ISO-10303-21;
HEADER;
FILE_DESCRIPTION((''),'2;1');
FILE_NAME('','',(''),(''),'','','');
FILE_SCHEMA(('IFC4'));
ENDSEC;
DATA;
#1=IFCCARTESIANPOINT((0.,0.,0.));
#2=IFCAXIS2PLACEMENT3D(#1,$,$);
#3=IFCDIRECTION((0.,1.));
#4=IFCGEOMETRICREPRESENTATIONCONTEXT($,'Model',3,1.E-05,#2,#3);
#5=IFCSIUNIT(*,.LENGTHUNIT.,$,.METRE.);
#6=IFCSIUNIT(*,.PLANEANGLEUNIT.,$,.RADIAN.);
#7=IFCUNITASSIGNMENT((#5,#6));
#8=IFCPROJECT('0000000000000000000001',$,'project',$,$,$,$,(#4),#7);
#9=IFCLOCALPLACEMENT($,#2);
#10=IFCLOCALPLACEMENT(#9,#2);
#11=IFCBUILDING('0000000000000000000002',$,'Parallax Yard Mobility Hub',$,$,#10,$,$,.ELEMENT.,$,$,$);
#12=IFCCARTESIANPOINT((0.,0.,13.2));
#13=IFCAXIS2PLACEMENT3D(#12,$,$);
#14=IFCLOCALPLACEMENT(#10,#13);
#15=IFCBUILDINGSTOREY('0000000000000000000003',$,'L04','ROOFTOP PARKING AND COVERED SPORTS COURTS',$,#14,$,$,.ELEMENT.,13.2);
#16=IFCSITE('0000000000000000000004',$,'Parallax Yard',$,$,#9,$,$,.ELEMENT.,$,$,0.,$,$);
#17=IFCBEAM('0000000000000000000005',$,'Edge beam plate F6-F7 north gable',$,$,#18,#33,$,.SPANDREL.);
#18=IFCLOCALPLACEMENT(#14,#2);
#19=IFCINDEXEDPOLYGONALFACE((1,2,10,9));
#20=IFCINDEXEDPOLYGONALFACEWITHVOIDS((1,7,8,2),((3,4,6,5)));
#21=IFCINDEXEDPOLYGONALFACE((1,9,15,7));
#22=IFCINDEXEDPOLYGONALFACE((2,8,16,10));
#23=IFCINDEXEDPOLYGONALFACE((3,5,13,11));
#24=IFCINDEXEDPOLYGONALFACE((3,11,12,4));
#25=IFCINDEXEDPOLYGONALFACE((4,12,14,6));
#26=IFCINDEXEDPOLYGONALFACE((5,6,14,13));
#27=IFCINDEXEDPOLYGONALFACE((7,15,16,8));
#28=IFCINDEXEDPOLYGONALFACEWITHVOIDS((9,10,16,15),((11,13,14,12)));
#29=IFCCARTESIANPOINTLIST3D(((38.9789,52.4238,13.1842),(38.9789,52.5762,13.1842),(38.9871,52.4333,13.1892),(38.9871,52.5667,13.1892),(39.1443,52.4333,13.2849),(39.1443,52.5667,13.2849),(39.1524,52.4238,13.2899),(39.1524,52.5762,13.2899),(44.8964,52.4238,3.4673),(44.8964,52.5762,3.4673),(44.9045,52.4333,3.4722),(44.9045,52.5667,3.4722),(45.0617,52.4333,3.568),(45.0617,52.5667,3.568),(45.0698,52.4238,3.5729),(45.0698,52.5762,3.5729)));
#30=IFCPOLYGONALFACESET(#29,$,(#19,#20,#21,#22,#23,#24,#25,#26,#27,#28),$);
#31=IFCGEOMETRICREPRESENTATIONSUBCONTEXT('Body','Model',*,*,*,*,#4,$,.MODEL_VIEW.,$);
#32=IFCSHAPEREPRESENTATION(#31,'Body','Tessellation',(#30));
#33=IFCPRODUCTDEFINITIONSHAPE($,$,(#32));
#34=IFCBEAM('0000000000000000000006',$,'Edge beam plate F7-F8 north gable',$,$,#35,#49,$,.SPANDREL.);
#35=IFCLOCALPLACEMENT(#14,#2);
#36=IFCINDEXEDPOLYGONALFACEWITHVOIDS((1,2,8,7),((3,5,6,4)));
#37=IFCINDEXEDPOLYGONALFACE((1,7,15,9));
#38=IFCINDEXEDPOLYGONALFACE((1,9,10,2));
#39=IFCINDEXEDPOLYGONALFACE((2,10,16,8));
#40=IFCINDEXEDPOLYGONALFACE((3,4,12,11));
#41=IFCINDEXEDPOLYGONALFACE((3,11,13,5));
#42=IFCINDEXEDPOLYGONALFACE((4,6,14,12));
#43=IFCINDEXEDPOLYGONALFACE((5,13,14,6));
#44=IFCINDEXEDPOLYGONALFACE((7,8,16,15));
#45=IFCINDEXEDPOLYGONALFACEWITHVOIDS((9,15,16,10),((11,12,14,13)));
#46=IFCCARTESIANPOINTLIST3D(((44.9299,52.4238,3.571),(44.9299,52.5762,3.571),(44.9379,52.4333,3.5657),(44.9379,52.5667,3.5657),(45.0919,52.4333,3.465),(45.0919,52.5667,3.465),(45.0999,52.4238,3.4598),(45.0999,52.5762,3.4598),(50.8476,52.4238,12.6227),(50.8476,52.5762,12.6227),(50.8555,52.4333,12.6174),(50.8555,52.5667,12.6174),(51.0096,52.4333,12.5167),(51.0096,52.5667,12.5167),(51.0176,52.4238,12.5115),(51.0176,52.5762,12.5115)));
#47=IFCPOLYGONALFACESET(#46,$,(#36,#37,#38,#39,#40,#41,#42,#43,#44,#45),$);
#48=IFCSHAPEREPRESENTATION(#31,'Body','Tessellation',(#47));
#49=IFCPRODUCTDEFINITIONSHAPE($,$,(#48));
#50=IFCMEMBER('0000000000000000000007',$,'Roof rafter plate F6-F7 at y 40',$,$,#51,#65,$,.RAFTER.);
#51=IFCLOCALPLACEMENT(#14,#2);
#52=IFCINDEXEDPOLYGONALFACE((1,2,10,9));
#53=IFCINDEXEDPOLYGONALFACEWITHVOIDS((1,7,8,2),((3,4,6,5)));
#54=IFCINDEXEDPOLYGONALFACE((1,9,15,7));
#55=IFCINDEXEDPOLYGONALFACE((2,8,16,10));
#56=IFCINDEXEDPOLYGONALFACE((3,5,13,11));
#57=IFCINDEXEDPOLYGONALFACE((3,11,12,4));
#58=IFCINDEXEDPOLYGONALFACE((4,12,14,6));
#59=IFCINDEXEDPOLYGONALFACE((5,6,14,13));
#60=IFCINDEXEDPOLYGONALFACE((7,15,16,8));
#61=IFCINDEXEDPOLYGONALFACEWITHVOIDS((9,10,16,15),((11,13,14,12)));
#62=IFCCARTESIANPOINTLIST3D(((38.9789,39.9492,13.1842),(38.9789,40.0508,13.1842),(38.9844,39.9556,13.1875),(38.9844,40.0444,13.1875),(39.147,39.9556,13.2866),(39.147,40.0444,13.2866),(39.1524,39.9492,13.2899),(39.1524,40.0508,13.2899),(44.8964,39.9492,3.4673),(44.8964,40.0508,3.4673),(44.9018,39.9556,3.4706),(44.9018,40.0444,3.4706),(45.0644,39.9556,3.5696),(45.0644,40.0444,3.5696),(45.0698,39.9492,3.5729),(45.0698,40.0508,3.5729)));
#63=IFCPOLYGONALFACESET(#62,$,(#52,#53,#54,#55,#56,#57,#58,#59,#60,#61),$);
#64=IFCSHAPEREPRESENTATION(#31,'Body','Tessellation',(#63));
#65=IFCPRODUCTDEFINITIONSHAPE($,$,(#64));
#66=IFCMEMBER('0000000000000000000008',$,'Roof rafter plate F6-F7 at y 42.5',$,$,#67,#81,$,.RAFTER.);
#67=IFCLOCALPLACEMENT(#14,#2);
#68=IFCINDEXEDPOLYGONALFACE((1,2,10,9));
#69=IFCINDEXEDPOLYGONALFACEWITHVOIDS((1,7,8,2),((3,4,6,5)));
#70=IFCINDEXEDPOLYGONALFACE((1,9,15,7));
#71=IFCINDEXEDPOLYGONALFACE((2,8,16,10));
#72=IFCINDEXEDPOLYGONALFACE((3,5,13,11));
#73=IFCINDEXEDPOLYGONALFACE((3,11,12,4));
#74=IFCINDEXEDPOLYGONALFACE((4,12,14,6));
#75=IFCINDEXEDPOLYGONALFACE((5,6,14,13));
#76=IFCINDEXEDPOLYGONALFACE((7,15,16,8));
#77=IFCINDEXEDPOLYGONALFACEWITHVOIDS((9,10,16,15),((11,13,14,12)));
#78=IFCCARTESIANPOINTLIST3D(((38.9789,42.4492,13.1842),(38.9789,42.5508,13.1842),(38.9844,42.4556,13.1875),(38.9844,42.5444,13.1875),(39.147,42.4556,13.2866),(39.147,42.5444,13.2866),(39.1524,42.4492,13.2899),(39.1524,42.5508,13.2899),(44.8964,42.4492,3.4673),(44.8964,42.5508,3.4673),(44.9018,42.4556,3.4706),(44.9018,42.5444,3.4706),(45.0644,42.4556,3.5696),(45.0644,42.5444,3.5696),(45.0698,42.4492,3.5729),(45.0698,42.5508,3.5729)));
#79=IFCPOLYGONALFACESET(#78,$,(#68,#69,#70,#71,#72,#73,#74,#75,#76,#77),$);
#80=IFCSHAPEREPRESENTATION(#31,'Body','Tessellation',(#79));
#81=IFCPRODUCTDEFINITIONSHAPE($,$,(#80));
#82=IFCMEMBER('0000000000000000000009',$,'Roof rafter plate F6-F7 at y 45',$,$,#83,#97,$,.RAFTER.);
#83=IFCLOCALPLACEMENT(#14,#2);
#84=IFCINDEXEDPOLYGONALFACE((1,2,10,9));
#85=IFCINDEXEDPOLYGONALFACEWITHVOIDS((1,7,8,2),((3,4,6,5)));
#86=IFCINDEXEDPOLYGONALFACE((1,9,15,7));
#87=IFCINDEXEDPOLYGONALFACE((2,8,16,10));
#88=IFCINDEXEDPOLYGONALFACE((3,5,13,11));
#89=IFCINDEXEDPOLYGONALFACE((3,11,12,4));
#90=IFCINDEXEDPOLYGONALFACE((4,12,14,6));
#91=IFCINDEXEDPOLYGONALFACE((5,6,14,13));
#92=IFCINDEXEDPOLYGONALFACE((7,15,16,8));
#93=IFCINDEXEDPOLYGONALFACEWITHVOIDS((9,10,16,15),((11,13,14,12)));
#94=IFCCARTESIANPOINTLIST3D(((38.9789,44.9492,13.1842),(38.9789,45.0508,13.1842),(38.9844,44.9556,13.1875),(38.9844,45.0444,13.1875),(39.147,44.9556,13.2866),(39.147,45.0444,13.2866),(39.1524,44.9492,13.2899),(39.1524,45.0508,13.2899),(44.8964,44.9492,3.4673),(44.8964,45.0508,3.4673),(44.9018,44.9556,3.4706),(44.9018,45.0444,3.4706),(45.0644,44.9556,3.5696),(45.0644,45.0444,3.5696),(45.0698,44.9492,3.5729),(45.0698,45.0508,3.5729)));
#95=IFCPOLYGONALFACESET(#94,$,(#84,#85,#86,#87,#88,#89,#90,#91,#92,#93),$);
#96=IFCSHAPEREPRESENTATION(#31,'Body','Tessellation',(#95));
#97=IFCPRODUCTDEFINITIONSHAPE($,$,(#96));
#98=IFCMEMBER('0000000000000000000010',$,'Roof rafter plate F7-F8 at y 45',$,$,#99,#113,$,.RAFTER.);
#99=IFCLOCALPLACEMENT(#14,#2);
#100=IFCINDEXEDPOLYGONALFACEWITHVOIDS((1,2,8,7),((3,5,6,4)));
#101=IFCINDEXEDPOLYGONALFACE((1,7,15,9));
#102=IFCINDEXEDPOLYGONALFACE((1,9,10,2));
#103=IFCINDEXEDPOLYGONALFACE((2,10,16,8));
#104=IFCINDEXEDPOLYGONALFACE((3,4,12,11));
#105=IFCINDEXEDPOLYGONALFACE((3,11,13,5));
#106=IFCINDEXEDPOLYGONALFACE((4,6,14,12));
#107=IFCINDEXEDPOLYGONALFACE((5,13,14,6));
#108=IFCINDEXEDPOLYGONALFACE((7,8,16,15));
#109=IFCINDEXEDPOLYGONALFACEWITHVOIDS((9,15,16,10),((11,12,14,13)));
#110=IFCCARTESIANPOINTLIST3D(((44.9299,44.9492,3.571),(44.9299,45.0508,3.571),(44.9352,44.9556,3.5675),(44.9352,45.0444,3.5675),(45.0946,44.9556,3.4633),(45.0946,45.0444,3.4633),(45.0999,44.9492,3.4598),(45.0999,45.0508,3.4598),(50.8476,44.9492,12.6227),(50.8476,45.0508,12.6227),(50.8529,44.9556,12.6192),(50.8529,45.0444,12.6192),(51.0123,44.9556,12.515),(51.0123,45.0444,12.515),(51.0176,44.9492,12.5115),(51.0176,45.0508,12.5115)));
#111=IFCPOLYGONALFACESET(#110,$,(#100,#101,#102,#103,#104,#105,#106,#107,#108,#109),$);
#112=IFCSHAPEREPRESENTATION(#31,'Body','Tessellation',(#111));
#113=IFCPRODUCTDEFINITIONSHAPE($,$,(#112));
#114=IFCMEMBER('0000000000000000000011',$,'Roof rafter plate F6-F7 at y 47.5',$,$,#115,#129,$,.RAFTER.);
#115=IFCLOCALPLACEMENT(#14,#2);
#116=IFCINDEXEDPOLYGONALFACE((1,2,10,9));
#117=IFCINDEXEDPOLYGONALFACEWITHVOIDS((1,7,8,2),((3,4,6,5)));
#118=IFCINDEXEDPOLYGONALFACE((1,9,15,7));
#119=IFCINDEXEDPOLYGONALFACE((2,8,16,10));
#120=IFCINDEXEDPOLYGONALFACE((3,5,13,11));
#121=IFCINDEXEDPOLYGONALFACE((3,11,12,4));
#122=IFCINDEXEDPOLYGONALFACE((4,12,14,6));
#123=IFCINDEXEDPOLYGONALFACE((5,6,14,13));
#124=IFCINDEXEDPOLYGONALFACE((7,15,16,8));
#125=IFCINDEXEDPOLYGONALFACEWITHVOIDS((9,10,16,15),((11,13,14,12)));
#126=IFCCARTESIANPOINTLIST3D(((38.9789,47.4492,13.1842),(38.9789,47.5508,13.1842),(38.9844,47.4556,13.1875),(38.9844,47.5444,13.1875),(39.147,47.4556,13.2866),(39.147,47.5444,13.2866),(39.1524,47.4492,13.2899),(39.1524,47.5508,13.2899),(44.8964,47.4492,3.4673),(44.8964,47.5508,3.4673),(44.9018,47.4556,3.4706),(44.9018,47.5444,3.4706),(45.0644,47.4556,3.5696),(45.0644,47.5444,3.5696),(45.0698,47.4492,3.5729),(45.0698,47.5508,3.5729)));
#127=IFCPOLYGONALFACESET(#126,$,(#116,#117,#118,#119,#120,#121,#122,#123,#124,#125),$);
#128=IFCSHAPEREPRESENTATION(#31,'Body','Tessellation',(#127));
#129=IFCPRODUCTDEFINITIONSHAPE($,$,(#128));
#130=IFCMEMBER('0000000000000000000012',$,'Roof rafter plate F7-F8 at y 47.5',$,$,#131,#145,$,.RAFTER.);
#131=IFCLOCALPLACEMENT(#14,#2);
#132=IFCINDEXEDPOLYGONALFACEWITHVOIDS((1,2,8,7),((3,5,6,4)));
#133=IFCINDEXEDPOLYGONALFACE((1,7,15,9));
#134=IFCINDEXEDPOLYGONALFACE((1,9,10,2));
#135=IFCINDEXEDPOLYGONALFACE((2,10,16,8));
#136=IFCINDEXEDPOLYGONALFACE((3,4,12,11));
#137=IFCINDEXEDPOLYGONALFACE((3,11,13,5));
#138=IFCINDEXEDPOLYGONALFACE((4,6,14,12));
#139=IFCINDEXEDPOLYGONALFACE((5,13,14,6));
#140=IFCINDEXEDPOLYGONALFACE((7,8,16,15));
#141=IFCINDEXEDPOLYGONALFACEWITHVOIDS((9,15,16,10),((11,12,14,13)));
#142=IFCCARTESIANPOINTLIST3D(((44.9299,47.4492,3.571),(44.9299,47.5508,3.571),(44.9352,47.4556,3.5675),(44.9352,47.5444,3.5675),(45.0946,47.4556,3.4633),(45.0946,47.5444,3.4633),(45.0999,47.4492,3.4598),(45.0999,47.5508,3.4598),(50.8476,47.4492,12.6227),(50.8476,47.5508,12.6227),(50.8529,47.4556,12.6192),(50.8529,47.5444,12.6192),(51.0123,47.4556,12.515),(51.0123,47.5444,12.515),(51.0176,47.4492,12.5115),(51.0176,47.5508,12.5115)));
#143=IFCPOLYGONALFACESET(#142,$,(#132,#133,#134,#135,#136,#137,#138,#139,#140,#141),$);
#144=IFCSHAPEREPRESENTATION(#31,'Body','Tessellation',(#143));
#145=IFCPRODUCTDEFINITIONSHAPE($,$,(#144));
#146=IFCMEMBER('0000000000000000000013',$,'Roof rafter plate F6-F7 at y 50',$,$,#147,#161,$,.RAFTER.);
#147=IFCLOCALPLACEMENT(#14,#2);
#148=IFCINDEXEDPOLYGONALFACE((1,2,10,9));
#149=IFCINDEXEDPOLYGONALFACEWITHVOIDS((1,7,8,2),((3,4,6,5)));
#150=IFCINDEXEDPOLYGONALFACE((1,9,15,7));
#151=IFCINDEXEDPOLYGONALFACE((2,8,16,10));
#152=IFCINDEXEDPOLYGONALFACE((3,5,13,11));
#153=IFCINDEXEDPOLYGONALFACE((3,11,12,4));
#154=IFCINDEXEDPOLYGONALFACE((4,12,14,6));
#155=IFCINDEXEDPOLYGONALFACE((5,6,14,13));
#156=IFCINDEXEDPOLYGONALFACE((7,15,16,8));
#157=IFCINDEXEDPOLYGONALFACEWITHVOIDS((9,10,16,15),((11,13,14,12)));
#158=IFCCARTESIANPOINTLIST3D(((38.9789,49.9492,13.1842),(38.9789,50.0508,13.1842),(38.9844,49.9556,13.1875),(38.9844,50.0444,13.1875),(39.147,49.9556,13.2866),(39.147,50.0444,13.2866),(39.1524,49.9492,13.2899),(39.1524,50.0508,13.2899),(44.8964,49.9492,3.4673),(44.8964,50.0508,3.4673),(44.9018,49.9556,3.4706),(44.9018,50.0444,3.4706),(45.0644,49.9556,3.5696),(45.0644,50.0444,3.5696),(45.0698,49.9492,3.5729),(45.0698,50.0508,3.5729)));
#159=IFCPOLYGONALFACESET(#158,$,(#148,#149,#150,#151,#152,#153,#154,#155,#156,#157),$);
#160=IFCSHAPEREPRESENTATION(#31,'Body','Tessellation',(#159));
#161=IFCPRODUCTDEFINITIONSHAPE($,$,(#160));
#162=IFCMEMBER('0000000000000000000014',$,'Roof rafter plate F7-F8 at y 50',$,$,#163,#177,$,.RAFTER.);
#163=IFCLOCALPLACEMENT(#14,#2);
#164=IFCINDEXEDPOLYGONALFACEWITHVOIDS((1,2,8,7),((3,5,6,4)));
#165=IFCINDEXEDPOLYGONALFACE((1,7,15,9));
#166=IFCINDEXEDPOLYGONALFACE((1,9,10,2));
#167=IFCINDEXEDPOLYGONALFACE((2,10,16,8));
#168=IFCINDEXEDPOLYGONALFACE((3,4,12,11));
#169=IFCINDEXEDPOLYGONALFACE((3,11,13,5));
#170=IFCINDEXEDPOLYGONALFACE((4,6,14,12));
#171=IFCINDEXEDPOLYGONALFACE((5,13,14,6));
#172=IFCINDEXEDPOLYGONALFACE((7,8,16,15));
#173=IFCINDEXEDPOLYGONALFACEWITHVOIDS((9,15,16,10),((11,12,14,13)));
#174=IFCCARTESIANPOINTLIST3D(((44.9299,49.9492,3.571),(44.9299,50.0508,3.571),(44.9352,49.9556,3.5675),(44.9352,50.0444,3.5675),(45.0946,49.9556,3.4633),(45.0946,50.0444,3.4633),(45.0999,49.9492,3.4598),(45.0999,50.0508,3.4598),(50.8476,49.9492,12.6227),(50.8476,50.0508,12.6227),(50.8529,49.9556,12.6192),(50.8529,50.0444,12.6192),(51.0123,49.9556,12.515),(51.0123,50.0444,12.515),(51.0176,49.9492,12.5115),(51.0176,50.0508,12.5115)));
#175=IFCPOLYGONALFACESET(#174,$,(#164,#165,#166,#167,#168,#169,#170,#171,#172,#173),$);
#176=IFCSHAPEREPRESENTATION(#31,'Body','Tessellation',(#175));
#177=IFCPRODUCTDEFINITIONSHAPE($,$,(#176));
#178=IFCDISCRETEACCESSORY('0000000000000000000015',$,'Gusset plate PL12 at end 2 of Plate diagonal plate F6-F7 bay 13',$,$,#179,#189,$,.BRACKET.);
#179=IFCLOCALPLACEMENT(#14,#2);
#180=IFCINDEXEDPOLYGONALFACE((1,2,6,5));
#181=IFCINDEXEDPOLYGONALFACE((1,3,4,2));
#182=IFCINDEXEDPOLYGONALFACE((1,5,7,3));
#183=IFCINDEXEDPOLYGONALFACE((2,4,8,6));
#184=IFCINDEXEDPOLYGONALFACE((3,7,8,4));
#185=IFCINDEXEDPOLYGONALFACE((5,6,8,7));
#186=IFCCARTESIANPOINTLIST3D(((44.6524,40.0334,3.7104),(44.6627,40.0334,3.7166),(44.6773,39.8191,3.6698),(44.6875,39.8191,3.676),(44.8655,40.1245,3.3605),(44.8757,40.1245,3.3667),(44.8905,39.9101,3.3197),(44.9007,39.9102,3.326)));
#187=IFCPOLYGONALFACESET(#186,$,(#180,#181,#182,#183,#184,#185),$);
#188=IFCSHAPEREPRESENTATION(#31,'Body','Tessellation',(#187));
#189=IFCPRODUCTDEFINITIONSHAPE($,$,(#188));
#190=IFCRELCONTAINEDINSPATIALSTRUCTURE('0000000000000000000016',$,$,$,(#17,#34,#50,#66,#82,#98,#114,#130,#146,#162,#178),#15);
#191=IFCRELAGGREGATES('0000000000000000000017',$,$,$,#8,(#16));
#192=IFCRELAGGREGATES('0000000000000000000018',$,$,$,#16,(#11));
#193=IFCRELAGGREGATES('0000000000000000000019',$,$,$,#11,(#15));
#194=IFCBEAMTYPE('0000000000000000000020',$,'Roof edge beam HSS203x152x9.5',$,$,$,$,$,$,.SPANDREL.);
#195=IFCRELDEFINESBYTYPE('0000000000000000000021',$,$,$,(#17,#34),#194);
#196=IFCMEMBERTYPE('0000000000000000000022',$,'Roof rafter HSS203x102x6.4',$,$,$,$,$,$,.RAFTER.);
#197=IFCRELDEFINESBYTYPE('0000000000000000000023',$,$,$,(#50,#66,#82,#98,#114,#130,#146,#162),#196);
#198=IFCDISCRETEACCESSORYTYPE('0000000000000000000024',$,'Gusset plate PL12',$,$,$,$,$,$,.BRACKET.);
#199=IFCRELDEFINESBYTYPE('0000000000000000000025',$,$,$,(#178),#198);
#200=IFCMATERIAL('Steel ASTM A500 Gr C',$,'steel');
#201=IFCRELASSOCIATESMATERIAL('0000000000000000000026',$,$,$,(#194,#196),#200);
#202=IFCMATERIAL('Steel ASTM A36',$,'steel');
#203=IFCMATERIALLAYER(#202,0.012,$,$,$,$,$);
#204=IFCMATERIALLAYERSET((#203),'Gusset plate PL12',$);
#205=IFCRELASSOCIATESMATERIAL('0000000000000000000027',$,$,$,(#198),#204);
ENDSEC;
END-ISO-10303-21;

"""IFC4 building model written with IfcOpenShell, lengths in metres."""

from ifc_helpers import new_model, si_unit, direction, frame, origin, origin_2d, place, context, subcontext, project, spatial, polyline, hollow_rectangle, outline, extrude, material, layer, layer_set, material_profile, profile_set, type_object, element, save


model = new_model("IFC4")

# Units and contexts
model_context = context("Model", 3, precision=1e-05, world=origin(), true_north=direction((0.0, 1.0)))
body_context = subcontext(model_context, "Body", "Model", "MODEL_VIEW")
ifc_project = project(units=[si_unit("LENGTHUNIT", "METRE"), si_unit("PLANEANGLEUNIT", "RADIAN")], contexts=[model_context])

# Site, building, storey
site_placement = place(None, origin())
site = spatial("IfcSite", under=ifc_project, at=site_placement, Name="Parallax Yard", CompositionType="ELEMENT", RefElevation=0.0)
building_placement = place(site_placement, origin())
building = spatial("IfcBuilding", under=site, at=building_placement, Name="Parallax Yard Mobility Hub", CompositionType="ELEMENT")
storey_placement = place(building_placement, frame((0.0, 0.0, 13.2)))
storey = spatial("IfcBuildingStorey", under=building, at=storey_placement, Name="L04", Description="ROOFTOP PARKING AND COVERED SPORTS COURTS", CompositionType="ELEMENT", Elevation=13.2)

# Beams
ifc_material_1 = material(Name="Steel ASTM A500 Gr C", Category="steel")
ifc_material_profile_1 = material_profile(ifc_material_1, hollow_rectangle(XDim=0.1523, YDim=0.2031, WallThickness=0.0095, at=origin_2d()), Name="HSS203x152x9.5")
ifc_profile_set_1 = profile_set([ifc_material_profile_1], Name="Steel ASTM A500 Gr C")
beam_type = type_object("IfcBeamType", Name="Roof edge beam HSS203x152x9.5", PredefinedType="SPANDREL", material=ifc_profile_set_1)
beam_1_placement = place(storey_placement, frame((39.0657, 52.5, 13.2371), z_axis=(0.520124, 0.0, -0.854091), x_axis=(0.0, 1.0, 0.0)))
element("IfcBeam", 1, at=beam_1_placement, inside=storey, type_object=beam_type, Name="Edge beam plate F6-F7 north gable", PredefinedType="SPANDREL", context=body_context, shape_type="SweptSolid", body=[
    extrude(hollow_rectangle(XDim=0.1523, YDim=0.2031, WallThickness=0.0095, at=origin_2d()), origin(), (0.0, 0.0, 1.0), 11.377),
])
beam_2_placement = place(storey_placement, frame((45.0149, 52.5, 3.5154), z_axis=(0.547202, 0.0, 0.837001), x_axis=(0.0, 1.0, 0.0)))
element("IfcBeam", 2, at=beam_2_placement, inside=storey, type_object=beam_type, Name="Edge beam plate F7-F8 north gable", PredefinedType="SPANDREL", context=body_context, shape_type="SweptSolid", body=[
    extrude(hollow_rectangle(XDim=0.1523, YDim=0.2031, WallThickness=0.0095, at=origin_2d()), origin(), (0.0, 0.0, 1.0), 10.8145),
])

# Members
ifc_material_profile_2 = material_profile(ifc_material_1, hollow_rectangle(XDim=0.1016, YDim=0.2031, WallThickness=0.0063, at=origin_2d()), Name="HSS203x102x6.4")
ifc_profile_set_2 = profile_set([ifc_material_profile_2], Name="Steel ASTM A500 Gr C")
member_type = type_object("IfcMemberType", Name="Roof rafter HSS203x102x6.4", PredefinedType="RAFTER", material=ifc_profile_set_2)
for number, where, z_axis, x_axis, name in (
    (3, (39.0657, 40.0, 13.2371), (0.520124, 0.0, -0.854091), (0.0, 1.0, 0.0), "Roof rafter plate F6-F7 at y 40"),
    (4, (39.0657, 42.5, 13.2371), (0.520124, 0.0, -0.854091), (0.0, 1.0, 0.0), "Roof rafter plate F6-F7 at y 42.5"),
    (5, (39.0657, 45.0, 13.2371), (0.520124, 0.0, -0.854091), (0.0, 1.0, 0.0), "Roof rafter plate F6-F7 at y 45"),
):
    element("IfcMember", number, at=place(storey_placement, frame(where, z_axis=z_axis, x_axis=x_axis)), inside=storey, type_object=member_type, Name=name, PredefinedType="RAFTER", context=body_context, shape_type="SweptSolid", body=[
        extrude(hollow_rectangle(XDim=0.1016, YDim=0.2031, WallThickness=0.0063, at=origin_2d()), origin(), (0.0, 0.0, 1.0), 11.377),
    ])
member_1_placement = place(storey_placement, frame((45.0149, 45.0, 3.5154), z_axis=(0.547202, 0.0, 0.837001), x_axis=(0.0, 1.0, 0.0)))
element("IfcMember", 6, at=member_1_placement, inside=storey, type_object=member_type, Name="Roof rafter plate F7-F8 at y 45", PredefinedType="RAFTER", context=body_context, shape_type="SweptSolid", body=[
    extrude(hollow_rectangle(XDim=0.1016, YDim=0.2031, WallThickness=0.0063, at=origin_2d()), origin(), (0.0, 0.0, 1.0), 10.8145),
])
member_2_placement = place(storey_placement, frame((39.0657, 47.5, 13.2371), z_axis=(0.520124, 0.0, -0.854091), x_axis=(0.0, 1.0, 0.0)))
element("IfcMember", 7, at=member_2_placement, inside=storey, type_object=member_type, Name="Roof rafter plate F6-F7 at y 47.5", PredefinedType="RAFTER", context=body_context, shape_type="SweptSolid", body=[
    extrude(hollow_rectangle(XDim=0.1016, YDim=0.2031, WallThickness=0.0063, at=origin_2d()), origin(), (0.0, 0.0, 1.0), 11.377),
])
member_3_placement = place(storey_placement, frame((45.0149, 47.5, 3.5154), z_axis=(0.547202, 0.0, 0.837001), x_axis=(0.0, 1.0, 0.0)))
element("IfcMember", 8, at=member_3_placement, inside=storey, type_object=member_type, Name="Roof rafter plate F7-F8 at y 47.5", PredefinedType="RAFTER", context=body_context, shape_type="SweptSolid", body=[
    extrude(hollow_rectangle(XDim=0.1016, YDim=0.2031, WallThickness=0.0063, at=origin_2d()), origin(), (0.0, 0.0, 1.0), 10.8145),
])
member_4_placement = place(storey_placement, frame((39.0657, 50.0, 13.2371), z_axis=(0.520124, 0.0, -0.854091), x_axis=(0.0, 1.0, 0.0)))
element("IfcMember", 9, at=member_4_placement, inside=storey, type_object=member_type, Name="Roof rafter plate F6-F7 at y 50", PredefinedType="RAFTER", context=body_context, shape_type="SweptSolid", body=[
    extrude(hollow_rectangle(XDim=0.1016, YDim=0.2031, WallThickness=0.0063, at=origin_2d()), origin(), (0.0, 0.0, 1.0), 11.377),
])
member_5_placement = place(storey_placement, frame((45.0149, 50.0, 3.5154), z_axis=(0.547202, 0.0, 0.837001), x_axis=(0.0, 1.0, 0.0)))
element("IfcMember", 10, at=member_5_placement, inside=storey, type_object=member_type, Name="Roof rafter plate F7-F8 at y 50", PredefinedType="RAFTER", context=body_context, shape_type="SweptSolid", body=[
    extrude(hollow_rectangle(XDim=0.1016, YDim=0.2031, WallThickness=0.0063, at=origin_2d()), origin(), (0.0, 0.0, 1.0), 10.8145),
])

# Discrete accessory
ifc_material_2 = material(Name="Steel ASTM A36", Category="steel")
ifc_layer = layer(ifc_material_2, 0.012)
ifc_layer_set = layer_set([ifc_layer], Name="Gusset plate PL12")
discrete_accessory_type = type_object("IfcDiscreteAccessoryType", Name="Gusset plate PL12", PredefinedType="BRACKET", material=ifc_layer_set)
discrete_accessory_1_placement = place(storey_placement, frame((44.6875, 39.8191, 3.676), z_axis=(0.854019, 0.000558, 0.520242), x_axis=(0.507755, 0.216889, -0.833753)))
element("IfcDiscreteAccessory", 11, at=discrete_accessory_1_placement, inside=storey, type_object=discrete_accessory_type, Name="Gusset plate PL12 at end 2 of Plate diagonal plate F6-F7 bay 13", PredefinedType="BRACKET", context=body_context, shape_type="SweptSolid", body=[
    extrude(outline(polyline([(0.0, 0.0), (0.4199, 0.0), (0.4197, 0.2196), (0.0001, 0.2196), (0.0, 0.0)])), origin(), (0.0, 0.0, -1.0), 0.012),
])

save(model, "model.ifc")
